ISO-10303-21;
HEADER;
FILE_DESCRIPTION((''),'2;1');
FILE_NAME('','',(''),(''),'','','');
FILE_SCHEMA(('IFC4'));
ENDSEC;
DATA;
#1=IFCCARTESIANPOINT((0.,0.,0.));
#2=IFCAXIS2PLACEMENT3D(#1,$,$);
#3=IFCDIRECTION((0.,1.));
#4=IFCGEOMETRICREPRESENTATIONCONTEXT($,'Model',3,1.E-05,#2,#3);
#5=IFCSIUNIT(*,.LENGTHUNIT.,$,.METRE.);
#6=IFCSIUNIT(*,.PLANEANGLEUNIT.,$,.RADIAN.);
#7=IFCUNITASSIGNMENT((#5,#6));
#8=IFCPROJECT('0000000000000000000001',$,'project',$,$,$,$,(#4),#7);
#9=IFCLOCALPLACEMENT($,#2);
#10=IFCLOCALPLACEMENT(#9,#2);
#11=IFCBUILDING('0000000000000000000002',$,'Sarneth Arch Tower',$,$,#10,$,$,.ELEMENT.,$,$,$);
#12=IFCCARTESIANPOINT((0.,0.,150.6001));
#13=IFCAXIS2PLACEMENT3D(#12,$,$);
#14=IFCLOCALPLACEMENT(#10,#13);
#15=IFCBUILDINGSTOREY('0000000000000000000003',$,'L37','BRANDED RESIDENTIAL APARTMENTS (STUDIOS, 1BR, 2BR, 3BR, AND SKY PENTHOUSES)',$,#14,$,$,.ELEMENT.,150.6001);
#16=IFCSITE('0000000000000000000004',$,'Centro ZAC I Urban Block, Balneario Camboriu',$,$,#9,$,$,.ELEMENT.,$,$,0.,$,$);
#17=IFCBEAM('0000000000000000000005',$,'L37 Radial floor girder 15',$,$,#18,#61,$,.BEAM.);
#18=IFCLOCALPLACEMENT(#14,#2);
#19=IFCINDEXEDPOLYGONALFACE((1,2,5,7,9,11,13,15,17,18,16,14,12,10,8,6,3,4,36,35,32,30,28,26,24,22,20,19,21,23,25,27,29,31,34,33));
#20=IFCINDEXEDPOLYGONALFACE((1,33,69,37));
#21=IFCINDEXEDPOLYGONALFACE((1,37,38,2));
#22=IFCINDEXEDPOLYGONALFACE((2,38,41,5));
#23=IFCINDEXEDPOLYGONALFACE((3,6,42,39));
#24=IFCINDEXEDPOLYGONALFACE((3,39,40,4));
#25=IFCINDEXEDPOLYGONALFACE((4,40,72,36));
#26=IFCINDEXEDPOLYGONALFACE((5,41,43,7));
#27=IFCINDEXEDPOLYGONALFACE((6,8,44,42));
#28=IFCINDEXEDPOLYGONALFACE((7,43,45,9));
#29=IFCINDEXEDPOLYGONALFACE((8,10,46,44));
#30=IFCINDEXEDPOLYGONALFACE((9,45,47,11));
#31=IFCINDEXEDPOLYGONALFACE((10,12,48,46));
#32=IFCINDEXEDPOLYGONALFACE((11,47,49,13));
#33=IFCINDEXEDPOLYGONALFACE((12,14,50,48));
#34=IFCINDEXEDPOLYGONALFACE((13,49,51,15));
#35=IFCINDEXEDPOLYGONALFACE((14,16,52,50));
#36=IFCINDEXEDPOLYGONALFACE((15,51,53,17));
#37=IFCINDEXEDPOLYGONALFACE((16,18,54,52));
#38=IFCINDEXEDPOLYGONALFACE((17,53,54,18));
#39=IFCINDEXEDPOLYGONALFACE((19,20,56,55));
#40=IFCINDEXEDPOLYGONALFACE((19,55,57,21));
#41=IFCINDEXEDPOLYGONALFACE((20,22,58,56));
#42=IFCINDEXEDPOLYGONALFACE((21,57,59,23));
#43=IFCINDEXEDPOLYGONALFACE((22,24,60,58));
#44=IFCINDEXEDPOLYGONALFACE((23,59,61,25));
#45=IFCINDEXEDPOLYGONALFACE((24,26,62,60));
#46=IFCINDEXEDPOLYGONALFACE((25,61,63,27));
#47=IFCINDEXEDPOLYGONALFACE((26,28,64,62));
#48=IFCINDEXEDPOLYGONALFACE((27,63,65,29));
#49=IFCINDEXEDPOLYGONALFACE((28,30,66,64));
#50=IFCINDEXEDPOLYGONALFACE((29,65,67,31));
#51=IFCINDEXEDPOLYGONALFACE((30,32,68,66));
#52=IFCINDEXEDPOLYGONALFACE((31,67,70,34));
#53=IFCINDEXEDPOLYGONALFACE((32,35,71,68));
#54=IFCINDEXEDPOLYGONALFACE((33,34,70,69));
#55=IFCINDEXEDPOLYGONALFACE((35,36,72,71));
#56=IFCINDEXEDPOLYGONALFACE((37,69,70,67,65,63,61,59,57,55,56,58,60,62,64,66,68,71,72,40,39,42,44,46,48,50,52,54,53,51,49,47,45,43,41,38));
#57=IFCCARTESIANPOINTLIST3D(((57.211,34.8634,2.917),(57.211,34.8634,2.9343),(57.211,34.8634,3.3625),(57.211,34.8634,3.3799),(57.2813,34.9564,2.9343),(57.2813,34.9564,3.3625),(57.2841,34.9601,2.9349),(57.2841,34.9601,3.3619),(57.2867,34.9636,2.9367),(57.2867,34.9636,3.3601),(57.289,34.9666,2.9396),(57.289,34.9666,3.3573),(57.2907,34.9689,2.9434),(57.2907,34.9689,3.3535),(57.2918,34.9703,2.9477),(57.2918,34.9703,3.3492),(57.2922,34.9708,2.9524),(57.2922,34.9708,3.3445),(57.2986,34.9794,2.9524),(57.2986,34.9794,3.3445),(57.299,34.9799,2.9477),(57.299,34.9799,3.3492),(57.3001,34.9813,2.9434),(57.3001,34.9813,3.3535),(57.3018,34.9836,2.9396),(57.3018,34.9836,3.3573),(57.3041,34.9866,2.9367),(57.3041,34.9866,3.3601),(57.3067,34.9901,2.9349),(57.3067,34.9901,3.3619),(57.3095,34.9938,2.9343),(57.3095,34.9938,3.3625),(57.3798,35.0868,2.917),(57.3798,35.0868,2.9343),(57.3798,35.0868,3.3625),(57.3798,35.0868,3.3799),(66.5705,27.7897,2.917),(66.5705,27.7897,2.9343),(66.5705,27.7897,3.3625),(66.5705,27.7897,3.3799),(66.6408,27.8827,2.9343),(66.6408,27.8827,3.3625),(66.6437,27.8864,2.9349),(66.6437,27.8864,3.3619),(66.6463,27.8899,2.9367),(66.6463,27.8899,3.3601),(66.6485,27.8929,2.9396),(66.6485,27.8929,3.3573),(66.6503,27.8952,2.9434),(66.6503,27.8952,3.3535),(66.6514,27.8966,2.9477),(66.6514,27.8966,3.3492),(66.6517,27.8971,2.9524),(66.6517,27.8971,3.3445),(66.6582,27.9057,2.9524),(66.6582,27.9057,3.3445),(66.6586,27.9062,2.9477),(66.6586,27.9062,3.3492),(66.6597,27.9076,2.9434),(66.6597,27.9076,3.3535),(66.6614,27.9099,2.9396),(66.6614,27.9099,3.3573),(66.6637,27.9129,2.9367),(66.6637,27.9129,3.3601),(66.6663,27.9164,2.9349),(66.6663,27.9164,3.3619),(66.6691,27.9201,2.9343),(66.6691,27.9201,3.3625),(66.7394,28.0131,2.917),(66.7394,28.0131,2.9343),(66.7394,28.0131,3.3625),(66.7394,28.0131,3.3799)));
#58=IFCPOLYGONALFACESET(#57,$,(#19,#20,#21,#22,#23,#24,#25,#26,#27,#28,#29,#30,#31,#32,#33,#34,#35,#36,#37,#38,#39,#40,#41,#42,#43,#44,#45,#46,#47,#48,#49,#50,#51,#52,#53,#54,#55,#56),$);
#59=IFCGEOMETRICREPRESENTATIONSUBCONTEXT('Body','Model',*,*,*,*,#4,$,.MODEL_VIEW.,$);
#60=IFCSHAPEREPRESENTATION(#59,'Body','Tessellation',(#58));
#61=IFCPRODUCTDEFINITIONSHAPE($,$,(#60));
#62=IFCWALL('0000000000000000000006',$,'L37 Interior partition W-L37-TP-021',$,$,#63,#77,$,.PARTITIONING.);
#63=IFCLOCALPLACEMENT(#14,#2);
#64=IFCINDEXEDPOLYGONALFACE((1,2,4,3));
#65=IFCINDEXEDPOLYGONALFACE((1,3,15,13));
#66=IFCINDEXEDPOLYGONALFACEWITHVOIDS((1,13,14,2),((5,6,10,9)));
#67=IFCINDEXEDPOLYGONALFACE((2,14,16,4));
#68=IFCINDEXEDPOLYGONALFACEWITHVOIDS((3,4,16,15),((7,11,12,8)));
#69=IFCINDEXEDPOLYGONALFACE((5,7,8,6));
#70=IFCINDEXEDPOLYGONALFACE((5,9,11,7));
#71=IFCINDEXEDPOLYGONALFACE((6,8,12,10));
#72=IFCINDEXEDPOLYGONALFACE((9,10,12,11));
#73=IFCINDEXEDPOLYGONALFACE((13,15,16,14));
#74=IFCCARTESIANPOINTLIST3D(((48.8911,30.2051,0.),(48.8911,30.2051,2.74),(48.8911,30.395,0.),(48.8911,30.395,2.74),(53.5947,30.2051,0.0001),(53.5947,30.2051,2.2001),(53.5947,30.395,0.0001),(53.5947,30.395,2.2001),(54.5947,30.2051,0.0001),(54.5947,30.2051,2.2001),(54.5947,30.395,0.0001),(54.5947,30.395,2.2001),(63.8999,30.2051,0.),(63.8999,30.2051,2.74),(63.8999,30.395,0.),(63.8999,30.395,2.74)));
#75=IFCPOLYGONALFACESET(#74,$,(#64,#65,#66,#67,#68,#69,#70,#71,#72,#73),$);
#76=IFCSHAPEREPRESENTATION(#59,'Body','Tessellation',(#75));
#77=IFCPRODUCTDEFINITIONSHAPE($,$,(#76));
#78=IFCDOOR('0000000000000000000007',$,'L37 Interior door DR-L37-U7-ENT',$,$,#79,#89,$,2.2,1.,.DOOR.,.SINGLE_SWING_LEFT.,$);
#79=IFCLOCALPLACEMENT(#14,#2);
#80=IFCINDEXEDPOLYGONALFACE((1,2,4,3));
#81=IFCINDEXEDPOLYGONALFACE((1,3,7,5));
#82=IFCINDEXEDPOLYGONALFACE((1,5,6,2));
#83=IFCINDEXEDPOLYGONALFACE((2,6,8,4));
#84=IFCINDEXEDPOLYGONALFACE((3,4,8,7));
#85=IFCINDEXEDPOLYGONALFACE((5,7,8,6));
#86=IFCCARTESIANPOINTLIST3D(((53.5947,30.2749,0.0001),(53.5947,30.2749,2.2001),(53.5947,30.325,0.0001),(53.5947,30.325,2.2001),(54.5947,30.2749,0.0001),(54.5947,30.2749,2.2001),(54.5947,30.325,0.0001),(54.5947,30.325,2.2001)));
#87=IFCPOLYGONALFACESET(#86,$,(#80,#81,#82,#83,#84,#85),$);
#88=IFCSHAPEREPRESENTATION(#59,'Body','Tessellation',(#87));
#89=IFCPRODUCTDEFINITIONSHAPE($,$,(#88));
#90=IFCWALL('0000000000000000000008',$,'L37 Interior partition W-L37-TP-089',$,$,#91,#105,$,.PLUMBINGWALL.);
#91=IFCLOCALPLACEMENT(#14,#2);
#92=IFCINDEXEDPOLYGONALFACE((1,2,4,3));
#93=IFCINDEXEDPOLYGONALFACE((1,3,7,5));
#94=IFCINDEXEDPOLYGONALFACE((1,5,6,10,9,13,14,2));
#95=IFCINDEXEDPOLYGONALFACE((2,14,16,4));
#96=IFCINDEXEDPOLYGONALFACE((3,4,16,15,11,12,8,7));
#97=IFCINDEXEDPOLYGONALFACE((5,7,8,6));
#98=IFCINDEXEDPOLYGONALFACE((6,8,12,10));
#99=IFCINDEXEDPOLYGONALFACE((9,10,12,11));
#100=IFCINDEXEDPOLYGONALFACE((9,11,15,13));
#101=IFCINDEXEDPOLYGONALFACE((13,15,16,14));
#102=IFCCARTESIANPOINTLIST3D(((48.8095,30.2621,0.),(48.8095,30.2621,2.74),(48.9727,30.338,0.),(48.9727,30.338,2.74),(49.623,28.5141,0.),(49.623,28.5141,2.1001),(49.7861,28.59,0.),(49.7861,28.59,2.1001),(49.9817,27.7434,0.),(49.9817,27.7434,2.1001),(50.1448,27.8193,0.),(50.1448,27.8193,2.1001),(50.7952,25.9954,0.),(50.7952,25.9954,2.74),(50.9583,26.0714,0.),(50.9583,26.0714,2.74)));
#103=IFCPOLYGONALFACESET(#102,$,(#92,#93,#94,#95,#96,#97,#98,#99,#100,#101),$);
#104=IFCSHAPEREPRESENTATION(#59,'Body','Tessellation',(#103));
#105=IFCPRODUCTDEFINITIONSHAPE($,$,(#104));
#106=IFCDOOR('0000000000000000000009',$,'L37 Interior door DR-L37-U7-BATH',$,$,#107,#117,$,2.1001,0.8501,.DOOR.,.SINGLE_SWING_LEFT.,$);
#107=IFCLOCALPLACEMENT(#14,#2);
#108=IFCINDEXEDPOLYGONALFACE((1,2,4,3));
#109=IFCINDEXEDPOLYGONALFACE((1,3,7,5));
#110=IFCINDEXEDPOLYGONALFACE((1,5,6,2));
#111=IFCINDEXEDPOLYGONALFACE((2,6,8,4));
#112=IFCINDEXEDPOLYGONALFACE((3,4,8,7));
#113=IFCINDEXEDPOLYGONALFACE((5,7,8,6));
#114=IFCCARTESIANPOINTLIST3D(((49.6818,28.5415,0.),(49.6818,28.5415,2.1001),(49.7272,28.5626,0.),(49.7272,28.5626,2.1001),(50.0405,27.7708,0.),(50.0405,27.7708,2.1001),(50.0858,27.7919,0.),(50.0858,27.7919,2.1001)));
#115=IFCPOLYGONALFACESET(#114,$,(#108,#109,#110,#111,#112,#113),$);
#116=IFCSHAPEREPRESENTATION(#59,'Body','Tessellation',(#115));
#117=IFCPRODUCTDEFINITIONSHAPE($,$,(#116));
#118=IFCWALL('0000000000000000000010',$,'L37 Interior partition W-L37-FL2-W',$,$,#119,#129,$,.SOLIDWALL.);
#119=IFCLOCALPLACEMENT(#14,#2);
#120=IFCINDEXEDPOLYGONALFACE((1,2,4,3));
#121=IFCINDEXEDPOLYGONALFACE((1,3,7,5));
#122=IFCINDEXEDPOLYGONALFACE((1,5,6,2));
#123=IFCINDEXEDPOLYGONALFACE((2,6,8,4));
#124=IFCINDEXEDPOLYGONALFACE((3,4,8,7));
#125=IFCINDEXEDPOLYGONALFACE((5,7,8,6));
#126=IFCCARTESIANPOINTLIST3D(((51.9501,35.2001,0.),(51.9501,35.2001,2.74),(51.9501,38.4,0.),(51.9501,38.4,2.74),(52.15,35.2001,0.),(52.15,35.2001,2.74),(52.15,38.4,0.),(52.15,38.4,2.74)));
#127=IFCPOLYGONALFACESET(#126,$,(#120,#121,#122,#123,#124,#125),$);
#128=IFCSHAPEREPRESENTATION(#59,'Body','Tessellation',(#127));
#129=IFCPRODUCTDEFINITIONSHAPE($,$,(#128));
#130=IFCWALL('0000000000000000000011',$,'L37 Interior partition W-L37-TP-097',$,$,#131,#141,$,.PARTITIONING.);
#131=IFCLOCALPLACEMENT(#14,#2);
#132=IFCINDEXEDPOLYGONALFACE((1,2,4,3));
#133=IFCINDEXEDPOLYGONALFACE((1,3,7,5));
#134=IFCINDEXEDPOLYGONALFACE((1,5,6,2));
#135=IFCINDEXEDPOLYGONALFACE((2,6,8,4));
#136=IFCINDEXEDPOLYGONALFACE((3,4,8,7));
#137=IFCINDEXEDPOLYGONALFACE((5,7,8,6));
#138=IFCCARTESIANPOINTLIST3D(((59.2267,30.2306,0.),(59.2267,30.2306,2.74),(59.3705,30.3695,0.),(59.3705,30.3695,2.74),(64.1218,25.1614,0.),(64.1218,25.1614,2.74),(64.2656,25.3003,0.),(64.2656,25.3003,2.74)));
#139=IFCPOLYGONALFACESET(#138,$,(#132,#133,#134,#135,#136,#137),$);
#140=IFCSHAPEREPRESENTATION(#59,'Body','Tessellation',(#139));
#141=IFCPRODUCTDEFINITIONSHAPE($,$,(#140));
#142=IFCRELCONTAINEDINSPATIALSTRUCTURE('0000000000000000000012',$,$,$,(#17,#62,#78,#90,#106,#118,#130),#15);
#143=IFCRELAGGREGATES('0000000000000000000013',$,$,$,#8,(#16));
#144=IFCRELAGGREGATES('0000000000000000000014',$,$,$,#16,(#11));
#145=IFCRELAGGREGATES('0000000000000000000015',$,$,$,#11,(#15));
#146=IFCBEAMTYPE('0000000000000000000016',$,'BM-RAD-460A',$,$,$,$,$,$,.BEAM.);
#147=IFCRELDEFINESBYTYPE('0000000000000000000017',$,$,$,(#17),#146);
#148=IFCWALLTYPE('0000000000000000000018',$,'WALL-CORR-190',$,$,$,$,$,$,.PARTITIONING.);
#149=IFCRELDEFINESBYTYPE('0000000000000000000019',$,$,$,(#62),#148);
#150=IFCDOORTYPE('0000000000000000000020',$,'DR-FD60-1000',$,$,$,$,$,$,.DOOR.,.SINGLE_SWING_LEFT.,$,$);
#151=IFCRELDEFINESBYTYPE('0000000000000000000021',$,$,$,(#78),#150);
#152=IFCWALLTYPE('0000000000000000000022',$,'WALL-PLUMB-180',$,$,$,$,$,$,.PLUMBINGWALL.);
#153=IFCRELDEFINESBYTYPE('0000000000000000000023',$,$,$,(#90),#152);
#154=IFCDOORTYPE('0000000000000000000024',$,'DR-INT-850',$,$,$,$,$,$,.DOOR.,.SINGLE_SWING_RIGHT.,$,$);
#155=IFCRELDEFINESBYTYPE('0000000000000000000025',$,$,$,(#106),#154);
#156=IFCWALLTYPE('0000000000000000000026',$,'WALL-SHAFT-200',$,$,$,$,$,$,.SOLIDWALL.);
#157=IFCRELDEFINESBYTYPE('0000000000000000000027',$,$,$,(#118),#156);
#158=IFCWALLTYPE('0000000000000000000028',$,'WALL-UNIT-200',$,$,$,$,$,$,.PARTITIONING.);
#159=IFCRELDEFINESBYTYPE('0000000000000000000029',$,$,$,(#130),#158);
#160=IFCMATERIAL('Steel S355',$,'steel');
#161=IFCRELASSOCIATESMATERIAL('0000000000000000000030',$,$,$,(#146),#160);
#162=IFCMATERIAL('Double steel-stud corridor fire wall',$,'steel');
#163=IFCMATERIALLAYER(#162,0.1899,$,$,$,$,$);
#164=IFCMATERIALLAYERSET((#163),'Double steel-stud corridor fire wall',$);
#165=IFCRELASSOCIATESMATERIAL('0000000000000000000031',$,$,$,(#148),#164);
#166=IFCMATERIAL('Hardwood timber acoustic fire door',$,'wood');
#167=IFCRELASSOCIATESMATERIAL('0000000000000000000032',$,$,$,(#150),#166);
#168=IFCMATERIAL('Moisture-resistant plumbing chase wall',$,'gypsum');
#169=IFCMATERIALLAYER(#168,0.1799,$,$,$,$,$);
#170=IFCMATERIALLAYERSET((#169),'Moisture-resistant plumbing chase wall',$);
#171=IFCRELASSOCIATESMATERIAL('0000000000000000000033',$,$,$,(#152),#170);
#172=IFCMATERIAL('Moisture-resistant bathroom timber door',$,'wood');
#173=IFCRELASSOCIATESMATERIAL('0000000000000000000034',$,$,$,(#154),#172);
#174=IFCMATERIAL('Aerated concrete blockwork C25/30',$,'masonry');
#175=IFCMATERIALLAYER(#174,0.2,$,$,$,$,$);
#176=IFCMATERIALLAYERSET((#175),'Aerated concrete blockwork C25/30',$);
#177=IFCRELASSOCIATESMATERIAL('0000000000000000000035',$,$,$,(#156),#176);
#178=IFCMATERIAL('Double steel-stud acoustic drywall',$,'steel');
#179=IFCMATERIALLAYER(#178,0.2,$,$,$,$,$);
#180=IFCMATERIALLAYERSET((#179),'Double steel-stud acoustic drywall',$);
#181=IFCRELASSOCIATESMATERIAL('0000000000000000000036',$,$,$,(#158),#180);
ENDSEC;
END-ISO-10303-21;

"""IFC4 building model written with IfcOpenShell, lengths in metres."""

from ifc_helpers import new_model, si_unit, direction, frame, frame_2d, origin, origin_2d, place, context, subcontext, project, spatial, rectangle, i_section, extrude, material, layer, layer_set, material_profile, profile_set, type_object, element, fill, save


model = new_model("IFC4")

# Units and contexts
model_context = context("Model", 3, precision=1e-05, world=origin(), true_north=direction((0.0, 1.0)))
body_context = subcontext(model_context, "Body", "Model", "MODEL_VIEW")
ifc_project = project(units=[si_unit("LENGTHUNIT", "METRE"), si_unit("PLANEANGLEUNIT", "RADIAN")], contexts=[model_context])

# Site, building, storey
site_placement = place(None, origin())
site = spatial("IfcSite", under=ifc_project, at=site_placement, Name="Centro ZAC I Urban Block, Balneario Camboriu", CompositionType="ELEMENT", RefElevation=0.0)
building_placement = place(site_placement, origin())
building = spatial("IfcBuilding", under=site, at=building_placement, Name="Sarneth Arch Tower", CompositionType="ELEMENT")
storey_placement = place(building_placement, frame((0.0, 0.0, 150.6001)))
storey = spatial("IfcBuildingStorey", under=building, at=storey_placement, Name="L37", Description="BRANDED RESIDENTIAL APARTMENTS (STUDIOS, 1BR, 2BR, 3BR, AND SKY PENTHOUSES)", CompositionType="ELEMENT", Elevation=150.6001)

# Beam
ifc_material_1 = material(Name="Steel S355", Category="steel")
ifc_material_profile_1 = material_profile(ifc_material_1, i_section(OverallWidth=0.28, OverallDepth=0.4629, WebThickness=0.0107, FlangeThickness=0.0173, FilletRadius=0.0181, at=origin_2d()), Name="W460x113")
ifc_profile_set_1 = profile_set([ifc_material_profile_1], Name="Steel S355")
beam_type_1 = type_object("IfcBeamType", Name="BM-RAD-460A", PredefinedType="BEAM", material=ifc_profile_set_1)
beam_1_placement = place(storey_placement, frame((57.2954, 34.9751, 3.1484), z_axis=(0.797785, -0.602943, 0.0), x_axis=(0.602943, 0.797785, 0.0)))
element("IfcBeam", 1, at=beam_1_placement, inside=storey, type_object=beam_type_1, Name="L37 Radial floor girder 15", PredefinedType="BEAM", context=body_context, shape_type="SweptSolid", body=[
    extrude(i_section(OverallWidth=0.28, OverallDepth=0.4629, WebThickness=0.0107, FlangeThickness=0.0173, FilletRadius=0.0181, at=origin_2d()), origin(), (0.0, 0.0, 1.0), 11.7319),
])

# Wall, opening, door
ifc_material_2 = material(Name="Double steel-stud corridor fire wall", Category="steel")
ifc_layer_1 = layer(ifc_material_2, 0.1899)
ifc_layer_set_1 = layer_set([ifc_layer_1], Name="Double steel-stud corridor fire wall")
wall_type_1 = type_object("IfcWallType", Name="WALL-CORR-190", PredefinedType="PARTITIONING", material=ifc_layer_set_1)
wall_1_placement = place(storey_placement, frame((48.8911, 30.3, 0.0), z_axis=(0.0, 0.0, 1.0), x_axis=(1.0, 0.0, 0.0)))
wall_1 = element("IfcWall", 2, at=wall_1_placement, inside=storey, type_object=wall_type_1, Name="L37 Interior partition W-L37-TP-021", PredefinedType="PARTITIONING", context=body_context, shape_type="SweptSolid", body=[
    extrude(rectangle(XDim=15.0088, YDim=0.1899, at=frame_2d((7.5044, 0.0))), origin(), (0.0, 0.0, 1.0), 2.74),
])
opening_1_placement = place(wall_1_placement, frame((4.7036, 0.0, 0.0)))
opening_1 = element("IfcOpeningElement", 3, at=opening_1_placement, cuts=wall_1, PredefinedType="OPENING", context=body_context, shape_type="SweptSolid", body=[
    extrude(rectangle(XDim=1.0, YDim=2.2, at=frame_2d((0.5, 1.1001))), frame((0.0, 0.105, 0.0), z_axis=(0.0, -1.0, 0.0), x_axis=(1.0, 0.0, 0.0)), (0.0, 0.0, 1.0), 0.21),
])
ifc_material_3 = material(Name="Hardwood timber acoustic fire door", Category="wood")
door_type_1 = type_object("IfcDoorType", Name="DR-FD60-1000", OperationType="SINGLE_SWING_LEFT", PredefinedType="DOOR", material=ifc_material_3)
door_1_placement = place(opening_1_placement, origin())
door_1 = element("IfcDoor", 4, at=door_1_placement, inside=storey, type_object=door_type_1, Name="L37 Interior door DR-L37-U7-ENT", OperationType="SINGLE_SWING_LEFT", OverallHeight=2.2, OverallWidth=1.0, PredefinedType="DOOR", context=body_context, shape_type="SweptSolid", body=[
    extrude(rectangle(XDim=1.0, YDim=2.2, at=frame_2d((0.5, 1.1001))), frame((0.0, 0.0249, 0.0), z_axis=(0.0, -1.0, 0.0), x_axis=(1.0, 0.0, 0.0)), (0.0, 0.0, 1.0), 0.05),
])
fill(opening_1, door_1)

# Shared definitions
ifc_material_4 = material(Name="Moisture-resistant plumbing chase wall", Category="gypsum")
ifc_layer_2 = layer(ifc_material_4, 0.1799)
ifc_layer_set_2 = layer_set([ifc_layer_2], Name="Moisture-resistant plumbing chase wall")
wall_type_2 = type_object("IfcWallType", Name="WALL-PLUMB-180", PredefinedType="PLUMBINGWALL", material=ifc_layer_set_2)
ifc_material_5 = material(Name="Moisture-resistant bathroom timber door", Category="wood")
door_type_2 = type_object("IfcDoorType", Name="DR-INT-850", OperationType="SINGLE_SWING_RIGHT", PredefinedType="DOOR", material=ifc_material_5)

# Wall, opening, door
wall_2_placement = place(storey_placement, frame((48.8911, 30.3, 0.0), z_axis=(0.0, 0.0, 1.0), x_axis=(0.421928, -0.906629, 0.0)))
wall_2 = element("IfcWall", 5, at=wall_2_placement, inside=storey, type_object=wall_type_2, Name="L37 Interior partition W-L37-TP-089", PredefinedType="PLUMBINGWALL", context=body_context, shape_type="SweptSolid", body=[
    extrude(rectangle(XDim=4.7061, YDim=0.1799, at=frame_2d((2.353, 0.0))), origin(), (0.0, 0.0, 1.0), 2.74),
])
opening_2_placement = place(wall_2_placement, frame((1.928, 0.0, 0.0)))
opening_2 = element("IfcOpeningElement", 6, at=opening_2_placement, cuts=wall_2, PredefinedType="OPENING", context=body_context, shape_type="SweptSolid", body=[
    extrude(rectangle(XDim=0.8501, YDim=2.1001, at=frame_2d((0.425, 1.05))), frame((0.0, 0.0999, 0.0), z_axis=(0.0, -1.0, 0.0), x_axis=(1.0, 0.0, 0.0)), (0.0, 0.0, 1.0), 0.2),
])
door_2_placement = place(opening_2_placement, origin())
door_2 = element("IfcDoor", 7, at=door_2_placement, inside=storey, type_object=door_type_2, Name="L37 Interior door DR-L37-U7-BATH", OperationType="SINGLE_SWING_LEFT", OverallHeight=2.1001, OverallWidth=0.8501, PredefinedType="DOOR", context=body_context, shape_type="SweptSolid", body=[
    extrude(rectangle(XDim=0.8501, YDim=2.1001, at=frame_2d((0.425, 1.05))), frame((0.0, 0.0249, 0.0), z_axis=(0.0, -1.0, 0.0), x_axis=(1.0, 0.0, 0.0)), (0.0, 0.0, 1.0), 0.05),
])
fill(opening_2, door_2)

# Walls
ifc_material_6 = material(Name="Aerated concrete blockwork C25/30", Category="masonry")
ifc_layer_3 = layer(ifc_material_6, 0.2)
ifc_layer_set_3 = layer_set([ifc_layer_3], Name="Aerated concrete blockwork C25/30")
wall_type_3 = type_object("IfcWallType", Name="WALL-SHAFT-200", PredefinedType="SOLIDWALL", material=ifc_layer_set_3)
wall_3_placement = place(storey_placement, frame((52.05, 35.2, 0.0), z_axis=(0.0, 0.0, 1.0), x_axis=(0.0, 1.0, 0.0)))
element("IfcWall", 8, at=wall_3_placement, inside=storey, type_object=wall_type_3, Name="L37 Interior partition W-L37-FL2-W", PredefinedType="SOLIDWALL", context=body_context, shape_type="SweptSolid", body=[
    extrude(rectangle(XDim=3.2, YDim=0.2, at=frame_2d((1.6001, 0.0))), origin(), (0.0, 0.0, 1.0), 2.74),
])
ifc_material_7 = material(Name="Double steel-stud acoustic drywall", Category="steel")
ifc_layer_4 = layer(ifc_material_7, 0.2)
ifc_layer_set_4 = layer_set([ifc_layer_4], Name="Double steel-stud acoustic drywall")
wall_type_4 = type_object("IfcWallType", Name="WALL-UNIT-200", PredefinedType="PARTITIONING", material=ifc_layer_set_4)
wall_4_placement = place(storey_placement, frame((59.2986, 30.3, 0.0), z_axis=(0.0, 0.0, 1.0), x_axis=(0.694648, -0.71935, 0.0)))
element("IfcWall", 9, at=wall_4_placement, inside=storey, type_object=wall_type_4, Name="L37 Interior partition W-L37-TP-097", PredefinedType="PARTITIONING", context=body_context, shape_type="SweptSolid", body=[
    extrude(rectangle(XDim=7.0469, YDim=0.2, at=frame_2d((3.5234, 0.0))), origin(), (0.0, 0.0, 1.0), 2.74),
])

save(model, "model.ifc")
